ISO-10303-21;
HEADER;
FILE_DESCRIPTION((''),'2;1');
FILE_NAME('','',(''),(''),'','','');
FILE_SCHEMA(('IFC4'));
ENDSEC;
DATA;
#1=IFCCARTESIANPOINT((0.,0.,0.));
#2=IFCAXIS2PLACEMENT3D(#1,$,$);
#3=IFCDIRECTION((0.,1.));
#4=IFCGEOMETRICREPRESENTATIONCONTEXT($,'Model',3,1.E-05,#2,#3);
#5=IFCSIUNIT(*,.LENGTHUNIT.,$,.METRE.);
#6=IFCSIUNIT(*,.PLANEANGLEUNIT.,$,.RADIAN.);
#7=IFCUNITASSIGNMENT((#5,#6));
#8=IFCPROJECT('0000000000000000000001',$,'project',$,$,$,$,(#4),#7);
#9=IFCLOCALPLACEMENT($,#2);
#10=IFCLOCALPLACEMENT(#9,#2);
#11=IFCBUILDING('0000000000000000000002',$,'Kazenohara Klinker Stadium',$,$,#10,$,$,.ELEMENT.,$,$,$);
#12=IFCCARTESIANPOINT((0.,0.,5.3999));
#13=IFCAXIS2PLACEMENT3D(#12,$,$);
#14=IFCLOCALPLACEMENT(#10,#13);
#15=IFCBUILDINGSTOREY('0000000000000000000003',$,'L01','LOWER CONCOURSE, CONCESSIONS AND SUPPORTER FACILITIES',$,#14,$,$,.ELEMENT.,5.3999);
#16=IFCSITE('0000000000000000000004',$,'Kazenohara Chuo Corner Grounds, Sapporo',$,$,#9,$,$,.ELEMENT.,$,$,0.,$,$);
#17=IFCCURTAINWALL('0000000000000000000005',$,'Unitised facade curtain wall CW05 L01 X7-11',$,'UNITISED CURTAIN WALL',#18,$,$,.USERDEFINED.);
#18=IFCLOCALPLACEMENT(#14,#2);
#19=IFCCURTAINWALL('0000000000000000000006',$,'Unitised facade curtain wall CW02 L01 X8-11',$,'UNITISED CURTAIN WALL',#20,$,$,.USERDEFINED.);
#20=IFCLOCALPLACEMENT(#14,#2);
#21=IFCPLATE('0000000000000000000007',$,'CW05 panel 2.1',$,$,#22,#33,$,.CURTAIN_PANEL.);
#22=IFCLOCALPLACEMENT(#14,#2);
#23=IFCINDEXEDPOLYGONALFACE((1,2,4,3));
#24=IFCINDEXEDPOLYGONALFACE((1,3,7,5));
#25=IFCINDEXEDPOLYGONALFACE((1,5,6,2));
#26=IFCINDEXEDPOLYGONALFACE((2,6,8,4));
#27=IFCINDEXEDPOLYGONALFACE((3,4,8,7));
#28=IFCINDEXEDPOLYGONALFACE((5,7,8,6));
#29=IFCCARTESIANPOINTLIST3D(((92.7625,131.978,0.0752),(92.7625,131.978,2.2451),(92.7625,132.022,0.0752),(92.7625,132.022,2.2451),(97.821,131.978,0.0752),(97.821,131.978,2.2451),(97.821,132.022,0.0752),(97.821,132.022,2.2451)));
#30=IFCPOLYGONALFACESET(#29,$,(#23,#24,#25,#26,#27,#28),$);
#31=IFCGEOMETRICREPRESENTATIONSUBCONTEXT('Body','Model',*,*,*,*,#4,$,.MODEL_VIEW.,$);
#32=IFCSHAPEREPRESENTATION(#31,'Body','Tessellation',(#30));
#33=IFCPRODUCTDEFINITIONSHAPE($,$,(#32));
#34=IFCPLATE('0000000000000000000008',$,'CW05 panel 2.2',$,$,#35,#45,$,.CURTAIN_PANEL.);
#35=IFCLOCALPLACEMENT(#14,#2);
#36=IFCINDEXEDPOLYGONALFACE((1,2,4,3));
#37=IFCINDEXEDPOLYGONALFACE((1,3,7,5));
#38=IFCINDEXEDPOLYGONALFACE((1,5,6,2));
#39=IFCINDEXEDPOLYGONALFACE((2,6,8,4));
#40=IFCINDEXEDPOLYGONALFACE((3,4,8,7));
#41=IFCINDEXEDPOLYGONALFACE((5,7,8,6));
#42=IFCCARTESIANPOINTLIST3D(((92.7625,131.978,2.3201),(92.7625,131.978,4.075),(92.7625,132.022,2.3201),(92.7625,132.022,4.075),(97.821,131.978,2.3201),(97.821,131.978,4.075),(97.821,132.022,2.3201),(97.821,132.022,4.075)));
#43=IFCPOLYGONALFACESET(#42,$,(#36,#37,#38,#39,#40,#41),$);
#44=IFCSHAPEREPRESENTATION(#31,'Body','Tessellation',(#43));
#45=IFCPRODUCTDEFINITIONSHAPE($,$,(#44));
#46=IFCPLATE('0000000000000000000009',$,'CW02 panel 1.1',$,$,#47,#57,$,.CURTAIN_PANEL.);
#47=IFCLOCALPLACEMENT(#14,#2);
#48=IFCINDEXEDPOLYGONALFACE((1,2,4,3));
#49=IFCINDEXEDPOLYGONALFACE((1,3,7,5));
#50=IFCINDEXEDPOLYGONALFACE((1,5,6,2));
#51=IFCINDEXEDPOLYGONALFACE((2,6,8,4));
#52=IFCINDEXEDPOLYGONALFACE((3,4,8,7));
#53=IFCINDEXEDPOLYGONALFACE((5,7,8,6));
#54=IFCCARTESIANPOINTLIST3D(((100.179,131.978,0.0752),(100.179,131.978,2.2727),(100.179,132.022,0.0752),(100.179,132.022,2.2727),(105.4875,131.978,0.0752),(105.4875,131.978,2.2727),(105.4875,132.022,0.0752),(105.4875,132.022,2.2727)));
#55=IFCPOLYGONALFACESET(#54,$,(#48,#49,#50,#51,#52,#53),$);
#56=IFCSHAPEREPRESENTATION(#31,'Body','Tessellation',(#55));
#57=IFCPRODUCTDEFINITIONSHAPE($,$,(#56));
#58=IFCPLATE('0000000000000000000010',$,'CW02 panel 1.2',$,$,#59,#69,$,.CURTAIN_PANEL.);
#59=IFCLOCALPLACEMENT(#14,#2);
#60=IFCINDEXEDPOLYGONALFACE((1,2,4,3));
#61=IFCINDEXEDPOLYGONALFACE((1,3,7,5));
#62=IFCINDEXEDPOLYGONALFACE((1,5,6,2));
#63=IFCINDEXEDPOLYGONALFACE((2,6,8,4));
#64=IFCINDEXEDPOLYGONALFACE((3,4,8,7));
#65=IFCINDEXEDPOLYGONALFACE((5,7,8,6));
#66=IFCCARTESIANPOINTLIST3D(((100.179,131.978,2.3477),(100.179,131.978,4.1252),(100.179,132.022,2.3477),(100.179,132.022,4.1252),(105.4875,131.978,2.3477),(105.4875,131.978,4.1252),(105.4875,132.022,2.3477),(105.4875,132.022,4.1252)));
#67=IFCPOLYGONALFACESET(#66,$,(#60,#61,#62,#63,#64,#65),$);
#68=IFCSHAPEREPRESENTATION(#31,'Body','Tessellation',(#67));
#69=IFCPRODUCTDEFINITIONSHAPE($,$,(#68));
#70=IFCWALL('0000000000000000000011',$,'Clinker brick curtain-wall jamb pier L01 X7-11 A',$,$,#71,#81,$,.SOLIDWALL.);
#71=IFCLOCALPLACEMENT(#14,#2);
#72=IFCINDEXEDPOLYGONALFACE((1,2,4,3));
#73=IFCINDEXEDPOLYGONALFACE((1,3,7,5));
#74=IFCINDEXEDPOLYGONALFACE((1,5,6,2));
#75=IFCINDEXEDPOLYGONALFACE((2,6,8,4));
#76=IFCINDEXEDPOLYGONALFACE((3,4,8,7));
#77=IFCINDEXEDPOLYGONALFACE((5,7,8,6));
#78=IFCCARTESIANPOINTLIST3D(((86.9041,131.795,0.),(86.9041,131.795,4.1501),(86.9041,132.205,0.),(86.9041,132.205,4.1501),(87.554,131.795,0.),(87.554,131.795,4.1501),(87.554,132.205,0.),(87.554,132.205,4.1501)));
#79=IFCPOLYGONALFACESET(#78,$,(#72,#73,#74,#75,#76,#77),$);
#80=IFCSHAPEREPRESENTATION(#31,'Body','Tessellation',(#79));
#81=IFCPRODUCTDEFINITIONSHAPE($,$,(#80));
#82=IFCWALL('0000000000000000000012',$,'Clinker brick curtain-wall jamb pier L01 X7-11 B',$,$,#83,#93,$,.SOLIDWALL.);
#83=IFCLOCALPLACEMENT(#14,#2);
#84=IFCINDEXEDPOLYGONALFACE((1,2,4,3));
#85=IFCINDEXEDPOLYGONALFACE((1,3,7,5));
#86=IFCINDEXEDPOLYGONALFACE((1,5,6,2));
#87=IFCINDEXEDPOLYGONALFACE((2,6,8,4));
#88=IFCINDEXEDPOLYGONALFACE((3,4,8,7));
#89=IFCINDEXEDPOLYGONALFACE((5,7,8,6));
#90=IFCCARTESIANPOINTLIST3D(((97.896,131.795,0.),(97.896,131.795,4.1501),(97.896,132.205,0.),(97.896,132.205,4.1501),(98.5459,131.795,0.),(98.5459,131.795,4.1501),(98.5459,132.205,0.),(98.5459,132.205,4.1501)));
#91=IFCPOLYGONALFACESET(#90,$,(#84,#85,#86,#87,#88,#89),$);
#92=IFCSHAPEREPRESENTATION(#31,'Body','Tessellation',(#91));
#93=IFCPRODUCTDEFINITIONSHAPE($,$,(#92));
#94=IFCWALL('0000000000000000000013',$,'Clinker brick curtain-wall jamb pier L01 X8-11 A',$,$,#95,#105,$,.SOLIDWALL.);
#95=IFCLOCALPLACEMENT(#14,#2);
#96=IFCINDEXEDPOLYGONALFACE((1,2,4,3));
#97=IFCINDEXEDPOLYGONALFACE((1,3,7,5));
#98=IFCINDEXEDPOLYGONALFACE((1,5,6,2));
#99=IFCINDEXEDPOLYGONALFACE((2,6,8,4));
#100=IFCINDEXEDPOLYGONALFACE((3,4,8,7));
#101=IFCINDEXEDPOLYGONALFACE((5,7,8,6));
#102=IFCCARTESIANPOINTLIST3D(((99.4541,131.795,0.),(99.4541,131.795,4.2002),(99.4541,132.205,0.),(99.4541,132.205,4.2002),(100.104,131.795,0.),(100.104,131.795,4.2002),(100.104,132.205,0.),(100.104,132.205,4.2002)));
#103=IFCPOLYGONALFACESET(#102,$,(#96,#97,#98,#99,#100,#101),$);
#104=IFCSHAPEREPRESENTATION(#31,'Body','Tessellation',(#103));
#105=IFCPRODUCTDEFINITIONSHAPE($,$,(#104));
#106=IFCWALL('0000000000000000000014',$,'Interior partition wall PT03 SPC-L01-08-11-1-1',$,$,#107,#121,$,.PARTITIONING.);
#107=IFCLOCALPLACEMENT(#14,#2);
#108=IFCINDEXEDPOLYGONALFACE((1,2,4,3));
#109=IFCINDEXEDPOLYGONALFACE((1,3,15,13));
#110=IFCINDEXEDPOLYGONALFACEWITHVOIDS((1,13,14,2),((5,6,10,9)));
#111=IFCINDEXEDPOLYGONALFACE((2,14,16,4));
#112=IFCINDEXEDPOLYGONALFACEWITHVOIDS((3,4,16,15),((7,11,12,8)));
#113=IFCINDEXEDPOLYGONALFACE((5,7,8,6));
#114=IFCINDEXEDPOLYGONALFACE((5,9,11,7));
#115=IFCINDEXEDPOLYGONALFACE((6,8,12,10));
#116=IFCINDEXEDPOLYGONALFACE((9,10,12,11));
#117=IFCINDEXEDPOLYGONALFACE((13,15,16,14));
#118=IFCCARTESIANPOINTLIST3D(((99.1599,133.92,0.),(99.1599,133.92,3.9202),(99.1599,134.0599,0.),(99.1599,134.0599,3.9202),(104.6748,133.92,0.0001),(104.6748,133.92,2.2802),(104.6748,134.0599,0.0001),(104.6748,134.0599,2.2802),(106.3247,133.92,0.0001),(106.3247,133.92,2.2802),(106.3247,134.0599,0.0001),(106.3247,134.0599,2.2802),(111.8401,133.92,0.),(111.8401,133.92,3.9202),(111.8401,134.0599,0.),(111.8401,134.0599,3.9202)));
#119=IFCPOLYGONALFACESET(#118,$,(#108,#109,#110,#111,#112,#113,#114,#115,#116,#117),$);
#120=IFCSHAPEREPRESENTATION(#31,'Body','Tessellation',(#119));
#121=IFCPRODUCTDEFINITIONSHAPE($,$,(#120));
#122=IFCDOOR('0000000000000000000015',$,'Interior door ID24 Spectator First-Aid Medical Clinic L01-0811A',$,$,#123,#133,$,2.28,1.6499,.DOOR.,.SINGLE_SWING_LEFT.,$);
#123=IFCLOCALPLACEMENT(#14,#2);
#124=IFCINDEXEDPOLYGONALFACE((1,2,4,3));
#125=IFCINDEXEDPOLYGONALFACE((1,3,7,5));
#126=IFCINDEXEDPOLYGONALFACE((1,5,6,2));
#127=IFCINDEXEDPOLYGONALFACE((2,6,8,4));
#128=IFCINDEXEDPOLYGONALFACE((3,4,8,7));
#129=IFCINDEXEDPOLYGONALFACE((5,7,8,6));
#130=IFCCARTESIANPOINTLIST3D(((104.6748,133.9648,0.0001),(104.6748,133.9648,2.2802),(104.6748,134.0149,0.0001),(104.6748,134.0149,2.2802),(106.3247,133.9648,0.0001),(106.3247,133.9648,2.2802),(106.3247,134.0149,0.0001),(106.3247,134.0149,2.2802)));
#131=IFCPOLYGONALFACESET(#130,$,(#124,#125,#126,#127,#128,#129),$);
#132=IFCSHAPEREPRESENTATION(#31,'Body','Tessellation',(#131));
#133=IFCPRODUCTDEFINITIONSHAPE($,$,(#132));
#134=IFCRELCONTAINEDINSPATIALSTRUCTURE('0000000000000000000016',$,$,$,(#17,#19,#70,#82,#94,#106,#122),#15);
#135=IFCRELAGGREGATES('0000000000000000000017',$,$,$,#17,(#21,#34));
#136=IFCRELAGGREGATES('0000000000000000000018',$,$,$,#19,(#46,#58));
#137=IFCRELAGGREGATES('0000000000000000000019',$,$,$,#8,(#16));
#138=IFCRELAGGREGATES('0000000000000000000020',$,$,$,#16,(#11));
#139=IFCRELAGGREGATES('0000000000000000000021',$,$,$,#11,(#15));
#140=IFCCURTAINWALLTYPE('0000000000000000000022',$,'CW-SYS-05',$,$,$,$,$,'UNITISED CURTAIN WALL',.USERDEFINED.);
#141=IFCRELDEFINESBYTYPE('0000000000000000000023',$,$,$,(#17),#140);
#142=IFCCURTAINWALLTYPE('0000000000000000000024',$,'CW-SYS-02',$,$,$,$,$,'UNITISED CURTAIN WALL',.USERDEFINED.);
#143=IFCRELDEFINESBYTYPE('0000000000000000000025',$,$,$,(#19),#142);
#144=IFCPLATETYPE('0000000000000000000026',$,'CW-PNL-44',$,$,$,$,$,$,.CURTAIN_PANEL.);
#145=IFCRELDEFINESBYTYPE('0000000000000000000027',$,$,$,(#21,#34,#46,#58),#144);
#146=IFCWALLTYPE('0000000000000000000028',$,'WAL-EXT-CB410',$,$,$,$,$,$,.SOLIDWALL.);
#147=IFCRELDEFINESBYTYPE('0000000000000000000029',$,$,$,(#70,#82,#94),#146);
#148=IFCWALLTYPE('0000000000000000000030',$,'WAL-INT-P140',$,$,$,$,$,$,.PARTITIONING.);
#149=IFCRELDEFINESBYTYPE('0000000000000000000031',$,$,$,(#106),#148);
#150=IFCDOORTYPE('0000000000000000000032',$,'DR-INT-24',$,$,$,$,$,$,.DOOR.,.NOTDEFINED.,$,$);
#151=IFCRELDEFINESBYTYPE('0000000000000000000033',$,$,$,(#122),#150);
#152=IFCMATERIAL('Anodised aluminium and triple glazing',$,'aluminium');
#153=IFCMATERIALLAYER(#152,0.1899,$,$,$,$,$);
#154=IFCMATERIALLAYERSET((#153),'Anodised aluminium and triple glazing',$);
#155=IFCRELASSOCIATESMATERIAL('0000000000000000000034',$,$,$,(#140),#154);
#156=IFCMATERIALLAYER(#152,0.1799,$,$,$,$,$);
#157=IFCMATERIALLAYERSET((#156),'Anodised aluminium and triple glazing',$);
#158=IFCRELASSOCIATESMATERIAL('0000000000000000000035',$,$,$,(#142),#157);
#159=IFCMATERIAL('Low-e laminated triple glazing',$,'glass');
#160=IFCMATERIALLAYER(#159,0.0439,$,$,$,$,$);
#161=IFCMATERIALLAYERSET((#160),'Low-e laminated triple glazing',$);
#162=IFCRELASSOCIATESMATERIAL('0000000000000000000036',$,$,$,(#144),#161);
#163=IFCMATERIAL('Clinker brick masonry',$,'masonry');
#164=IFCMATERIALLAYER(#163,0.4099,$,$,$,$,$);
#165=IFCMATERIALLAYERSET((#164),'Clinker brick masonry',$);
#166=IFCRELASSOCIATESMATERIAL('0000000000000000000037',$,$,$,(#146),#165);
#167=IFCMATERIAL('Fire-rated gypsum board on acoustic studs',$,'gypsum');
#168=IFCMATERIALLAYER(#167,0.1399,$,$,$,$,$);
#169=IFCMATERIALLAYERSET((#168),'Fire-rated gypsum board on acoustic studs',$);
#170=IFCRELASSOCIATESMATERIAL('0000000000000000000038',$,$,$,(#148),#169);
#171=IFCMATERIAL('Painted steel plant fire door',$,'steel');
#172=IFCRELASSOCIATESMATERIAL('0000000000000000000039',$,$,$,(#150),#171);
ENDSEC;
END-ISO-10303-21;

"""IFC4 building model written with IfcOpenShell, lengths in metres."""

from ifc_helpers import new_model, si_unit, direction, frame, frame_2d, origin, origin_2d, place, context, subcontext, project, spatial, rectangle, extrude, material, layer, layer_set, type_object, element, fill, aggregate, save


model = new_model("IFC4")

# Units and contexts
model_context = context("Model", 3, precision=1e-05, world=origin(), true_north=direction((0.0, 1.0)))
body_context = subcontext(model_context, "Body", "Model", "MODEL_VIEW")
ifc_project = project(units=[si_unit("LENGTHUNIT", "METRE"), si_unit("PLANEANGLEUNIT", "RADIAN")], contexts=[model_context])

# Site, building, storey
site_placement = place(None, origin())
site = spatial("IfcSite", under=ifc_project, at=site_placement, Name="Kazenohara Chuo Corner Grounds, Sapporo", CompositionType="ELEMENT", RefElevation=0.0)
building_placement = place(site_placement, origin())
building = spatial("IfcBuilding", under=site, at=building_placement, Name="Kazenohara Klinker Stadium", CompositionType="ELEMENT")
storey_placement = place(building_placement, frame((0.0, 0.0, 5.3999)))
storey = spatial("IfcBuildingStorey", under=building, at=storey_placement, Name="L01", Description="LOWER CONCOURSE, CONCESSIONS AND SUPPORTER FACILITIES", CompositionType="ELEMENT", Elevation=5.3999)

# Curtain walls
ifc_material_1 = material(Name="Anodised aluminium and triple glazing", Category="aluminium")
ifc_layer_1 = layer(ifc_material_1, 0.1899)
ifc_layer_set_1 = layer_set([ifc_layer_1], Name="Anodised aluminium and triple glazing")
curtain_wall_type_1 = type_object("IfcCurtainWallType", Name="CW-SYS-05", ElementType="UNITISED CURTAIN WALL", PredefinedType="USERDEFINED", material=ifc_layer_set_1)
curtain_wall_1_placement = place(storey_placement, origin())
curtain_wall_1 = element("IfcCurtainWall", 1, at=curtain_wall_1_placement, inside=storey, type_object=curtain_wall_type_1, Name="Unitised facade curtain wall CW05 L01 X7-11", ObjectType="UNITISED CURTAIN WALL", PredefinedType="USERDEFINED")
ifc_layer_2 = layer(ifc_material_1, 0.1799)
ifc_layer_set_2 = layer_set([ifc_layer_2], Name="Anodised aluminium and triple glazing")
curtain_wall_type_2 = type_object("IfcCurtainWallType", Name="CW-SYS-02", ElementType="UNITISED CURTAIN WALL", PredefinedType="USERDEFINED", material=ifc_layer_set_2)
curtain_wall_2_placement = place(storey_placement, origin())
curtain_wall_2 = element("IfcCurtainWall", 2, at=curtain_wall_2_placement, inside=storey, type_object=curtain_wall_type_2, Name="Unitised facade curtain wall CW02 L01 X8-11", ObjectType="UNITISED CURTAIN WALL", PredefinedType="USERDEFINED")

# Plates
ifc_material_2 = material(Name="Low-e laminated triple glazing", Category="glass")
ifc_layer_3 = layer(ifc_material_2, 0.0439)
ifc_layer_set_3 = layer_set([ifc_layer_3], Name="Low-e laminated triple glazing")
plate_type = type_object("IfcPlateType", Name="CW-PNL-44", PredefinedType="CURTAIN_PANEL", material=ifc_layer_set_3)
plate_1_placement = place(storey_placement, frame((95.2917, 132.0, 0.0752), z_axis=(0.0, 0.0, 1.0), x_axis=(1.0, 0.0, 0.0)))
plate_1 = element("IfcPlate", 3, at=plate_1_placement, type_object=plate_type, Name="CW05 panel 2.1", PredefinedType="CURTAIN_PANEL", context=body_context, shape_type="SweptSolid", body=[
    extrude(rectangle(XDim=5.0586, YDim=0.0439, at=origin_2d()), origin(), (0.0, 0.0, 1.0), 2.1699),
])
plate_2_placement = place(storey_placement, frame((95.2917, 132.0, 2.3201), z_axis=(0.0, 0.0, 1.0), x_axis=(1.0, 0.0, 0.0)))
plate_2 = element("IfcPlate", 4, at=plate_2_placement, type_object=plate_type, Name="CW05 panel 2.2", PredefinedType="CURTAIN_PANEL", context=body_context, shape_type="SweptSolid", body=[
    extrude(rectangle(XDim=5.0586, YDim=0.0439, at=origin_2d()), origin(), (0.0, 0.0, 1.0), 1.7549),
])
aggregate(curtain_wall_1, [plate_1, plate_2])
plate_3_placement = place(storey_placement, frame((102.8333, 132.0, 0.0752), z_axis=(0.0, 0.0, 1.0), x_axis=(1.0, 0.0, 0.0)))
plate_3 = element("IfcPlate", 5, at=plate_3_placement, type_object=plate_type, Name="CW02 panel 1.1", PredefinedType="CURTAIN_PANEL", context=body_context, shape_type="SweptSolid", body=[
    extrude(rectangle(XDim=5.3086, YDim=0.0439, at=origin_2d()), origin(), (0.0, 0.0, 1.0), 2.1975),
])
plate_4_placement = place(storey_placement, frame((102.8333, 132.0, 2.3477), z_axis=(0.0, 0.0, 1.0), x_axis=(1.0, 0.0, 0.0)))
plate_4 = element("IfcPlate", 6, at=plate_4_placement, type_object=plate_type, Name="CW02 panel 1.2", PredefinedType="CURTAIN_PANEL", context=body_context, shape_type="SweptSolid", body=[
    extrude(rectangle(XDim=5.3086, YDim=0.0439, at=origin_2d()), origin(), (0.0, 0.0, 1.0), 1.7776),
])
aggregate(curtain_wall_2, [plate_3, plate_4])

# Walls
ifc_material_3 = material(Name="Clinker brick masonry", Category="masonry")
ifc_layer_4 = layer(ifc_material_3, 0.4099)
ifc_layer_set_4 = layer_set([ifc_layer_4], Name="Clinker brick masonry")
wall_type_1 = type_object("IfcWallType", Name="WAL-EXT-CB410", PredefinedType="SOLIDWALL", material=ifc_layer_set_4)
for number, where, z_axis, x_axis, name in (
    (7, (86.9041, 132.0, 0.0), (0.0, 0.0, 1.0), (1.0, 0.0, 0.0), "Clinker brick curtain-wall jamb pier L01 X7-11 A"),
    (8, (97.896, 132.0, 0.0), (0.0, 0.0, 1.0), (1.0, 0.0, 0.0), "Clinker brick curtain-wall jamb pier L01 X7-11 B"),
):
    element("IfcWall", number, at=place(storey_placement, frame(where, z_axis=z_axis, x_axis=x_axis)), inside=storey, type_object=wall_type_1, Name=name, PredefinedType="SOLIDWALL", context=body_context, shape_type="SweptSolid", body=[
        extrude(rectangle(XDim=0.6499, YDim=0.4099, at=frame_2d((0.325, 0.0))), origin(), (0.0, 0.0, 1.0), 4.1501),
    ])
wall_1_placement = place(storey_placement, frame((99.4541, 132.0, 0.0), z_axis=(0.0, 0.0, 1.0), x_axis=(1.0, 0.0, 0.0)))
element("IfcWall", 9, at=wall_1_placement, inside=storey, type_object=wall_type_1, Name="Clinker brick curtain-wall jamb pier L01 X8-11 A", PredefinedType="SOLIDWALL", context=body_context, shape_type="SweptSolid", body=[
    extrude(rectangle(XDim=0.6499, YDim=0.4099, at=frame_2d((0.325, 0.0))), origin(), (0.0, 0.0, 1.0), 4.2002),
])

# Wall, opening, door
ifc_material_4 = material(Name="Fire-rated gypsum board on acoustic studs", Category="gypsum")
ifc_layer_5 = layer(ifc_material_4, 0.1399)
ifc_layer_set_5 = layer_set([ifc_layer_5], Name="Fire-rated gypsum board on acoustic studs")
wall_type_2 = type_object("IfcWallType", Name="WAL-INT-P140", PredefinedType="PARTITIONING", material=ifc_layer_set_5)
wall_2_placement = place(storey_placement, frame((99.1599, 133.99, 0.0), z_axis=(0.0, 0.0, 1.0), x_axis=(1.0, 0.0, 0.0)))
wall_2 = element("IfcWall", 10, at=wall_2_placement, inside=storey, type_object=wall_type_2, Name="Interior partition wall PT03 SPC-L01-08-11-1-1", PredefinedType="PARTITIONING", context=body_context, shape_type="SweptSolid", body=[
    extrude(rectangle(XDim=12.6802, YDim=0.1399, at=frame_2d((6.3401, 0.0))), origin(), (0.0, 0.0, 1.0), 3.9202),
])
opening_placement = place(wall_2_placement, frame((5.5149, 0.0, 0.0)))
opening = element("IfcOpeningElement", 11, at=opening_placement, cuts=wall_2, PredefinedType="OPENING", context=body_context, shape_type="SweptSolid", body=[
    extrude(rectangle(XDim=1.6499, YDim=2.28, at=frame_2d((0.825, 1.1401))), frame((0.0, 0.0801, 0.0), z_axis=(0.0, -1.0, 0.0), x_axis=(1.0, 0.0, 0.0)), (0.0, 0.0, 1.0), 0.1599),
])
ifc_material_5 = material(Name="Painted steel plant fire door", Category="steel")
door_type = type_object("IfcDoorType", Name="DR-INT-24", OperationType="NOTDEFINED", PredefinedType="DOOR", material=ifc_material_5)
door_placement = place(opening_placement, origin())
door = element("IfcDoor", 12, at=door_placement, inside=storey, type_object=door_type, Name="Interior door ID24 Spectator First-Aid Medical Clinic L01-0811A", OperationType="SINGLE_SWING_LEFT", OverallHeight=2.28, OverallWidth=1.6499, PredefinedType="DOOR", context=body_context, shape_type="SweptSolid", body=[
    extrude(rectangle(XDim=1.6499, YDim=2.28, at=frame_2d((0.825, 1.1401))), frame((0.0, 0.0249, 0.0), z_axis=(0.0, -1.0, 0.0), x_axis=(1.0, 0.0, 0.0)), (0.0, 0.0, 1.0), 0.05),
])
fill(opening, door)

save(model, "model.ifc")
